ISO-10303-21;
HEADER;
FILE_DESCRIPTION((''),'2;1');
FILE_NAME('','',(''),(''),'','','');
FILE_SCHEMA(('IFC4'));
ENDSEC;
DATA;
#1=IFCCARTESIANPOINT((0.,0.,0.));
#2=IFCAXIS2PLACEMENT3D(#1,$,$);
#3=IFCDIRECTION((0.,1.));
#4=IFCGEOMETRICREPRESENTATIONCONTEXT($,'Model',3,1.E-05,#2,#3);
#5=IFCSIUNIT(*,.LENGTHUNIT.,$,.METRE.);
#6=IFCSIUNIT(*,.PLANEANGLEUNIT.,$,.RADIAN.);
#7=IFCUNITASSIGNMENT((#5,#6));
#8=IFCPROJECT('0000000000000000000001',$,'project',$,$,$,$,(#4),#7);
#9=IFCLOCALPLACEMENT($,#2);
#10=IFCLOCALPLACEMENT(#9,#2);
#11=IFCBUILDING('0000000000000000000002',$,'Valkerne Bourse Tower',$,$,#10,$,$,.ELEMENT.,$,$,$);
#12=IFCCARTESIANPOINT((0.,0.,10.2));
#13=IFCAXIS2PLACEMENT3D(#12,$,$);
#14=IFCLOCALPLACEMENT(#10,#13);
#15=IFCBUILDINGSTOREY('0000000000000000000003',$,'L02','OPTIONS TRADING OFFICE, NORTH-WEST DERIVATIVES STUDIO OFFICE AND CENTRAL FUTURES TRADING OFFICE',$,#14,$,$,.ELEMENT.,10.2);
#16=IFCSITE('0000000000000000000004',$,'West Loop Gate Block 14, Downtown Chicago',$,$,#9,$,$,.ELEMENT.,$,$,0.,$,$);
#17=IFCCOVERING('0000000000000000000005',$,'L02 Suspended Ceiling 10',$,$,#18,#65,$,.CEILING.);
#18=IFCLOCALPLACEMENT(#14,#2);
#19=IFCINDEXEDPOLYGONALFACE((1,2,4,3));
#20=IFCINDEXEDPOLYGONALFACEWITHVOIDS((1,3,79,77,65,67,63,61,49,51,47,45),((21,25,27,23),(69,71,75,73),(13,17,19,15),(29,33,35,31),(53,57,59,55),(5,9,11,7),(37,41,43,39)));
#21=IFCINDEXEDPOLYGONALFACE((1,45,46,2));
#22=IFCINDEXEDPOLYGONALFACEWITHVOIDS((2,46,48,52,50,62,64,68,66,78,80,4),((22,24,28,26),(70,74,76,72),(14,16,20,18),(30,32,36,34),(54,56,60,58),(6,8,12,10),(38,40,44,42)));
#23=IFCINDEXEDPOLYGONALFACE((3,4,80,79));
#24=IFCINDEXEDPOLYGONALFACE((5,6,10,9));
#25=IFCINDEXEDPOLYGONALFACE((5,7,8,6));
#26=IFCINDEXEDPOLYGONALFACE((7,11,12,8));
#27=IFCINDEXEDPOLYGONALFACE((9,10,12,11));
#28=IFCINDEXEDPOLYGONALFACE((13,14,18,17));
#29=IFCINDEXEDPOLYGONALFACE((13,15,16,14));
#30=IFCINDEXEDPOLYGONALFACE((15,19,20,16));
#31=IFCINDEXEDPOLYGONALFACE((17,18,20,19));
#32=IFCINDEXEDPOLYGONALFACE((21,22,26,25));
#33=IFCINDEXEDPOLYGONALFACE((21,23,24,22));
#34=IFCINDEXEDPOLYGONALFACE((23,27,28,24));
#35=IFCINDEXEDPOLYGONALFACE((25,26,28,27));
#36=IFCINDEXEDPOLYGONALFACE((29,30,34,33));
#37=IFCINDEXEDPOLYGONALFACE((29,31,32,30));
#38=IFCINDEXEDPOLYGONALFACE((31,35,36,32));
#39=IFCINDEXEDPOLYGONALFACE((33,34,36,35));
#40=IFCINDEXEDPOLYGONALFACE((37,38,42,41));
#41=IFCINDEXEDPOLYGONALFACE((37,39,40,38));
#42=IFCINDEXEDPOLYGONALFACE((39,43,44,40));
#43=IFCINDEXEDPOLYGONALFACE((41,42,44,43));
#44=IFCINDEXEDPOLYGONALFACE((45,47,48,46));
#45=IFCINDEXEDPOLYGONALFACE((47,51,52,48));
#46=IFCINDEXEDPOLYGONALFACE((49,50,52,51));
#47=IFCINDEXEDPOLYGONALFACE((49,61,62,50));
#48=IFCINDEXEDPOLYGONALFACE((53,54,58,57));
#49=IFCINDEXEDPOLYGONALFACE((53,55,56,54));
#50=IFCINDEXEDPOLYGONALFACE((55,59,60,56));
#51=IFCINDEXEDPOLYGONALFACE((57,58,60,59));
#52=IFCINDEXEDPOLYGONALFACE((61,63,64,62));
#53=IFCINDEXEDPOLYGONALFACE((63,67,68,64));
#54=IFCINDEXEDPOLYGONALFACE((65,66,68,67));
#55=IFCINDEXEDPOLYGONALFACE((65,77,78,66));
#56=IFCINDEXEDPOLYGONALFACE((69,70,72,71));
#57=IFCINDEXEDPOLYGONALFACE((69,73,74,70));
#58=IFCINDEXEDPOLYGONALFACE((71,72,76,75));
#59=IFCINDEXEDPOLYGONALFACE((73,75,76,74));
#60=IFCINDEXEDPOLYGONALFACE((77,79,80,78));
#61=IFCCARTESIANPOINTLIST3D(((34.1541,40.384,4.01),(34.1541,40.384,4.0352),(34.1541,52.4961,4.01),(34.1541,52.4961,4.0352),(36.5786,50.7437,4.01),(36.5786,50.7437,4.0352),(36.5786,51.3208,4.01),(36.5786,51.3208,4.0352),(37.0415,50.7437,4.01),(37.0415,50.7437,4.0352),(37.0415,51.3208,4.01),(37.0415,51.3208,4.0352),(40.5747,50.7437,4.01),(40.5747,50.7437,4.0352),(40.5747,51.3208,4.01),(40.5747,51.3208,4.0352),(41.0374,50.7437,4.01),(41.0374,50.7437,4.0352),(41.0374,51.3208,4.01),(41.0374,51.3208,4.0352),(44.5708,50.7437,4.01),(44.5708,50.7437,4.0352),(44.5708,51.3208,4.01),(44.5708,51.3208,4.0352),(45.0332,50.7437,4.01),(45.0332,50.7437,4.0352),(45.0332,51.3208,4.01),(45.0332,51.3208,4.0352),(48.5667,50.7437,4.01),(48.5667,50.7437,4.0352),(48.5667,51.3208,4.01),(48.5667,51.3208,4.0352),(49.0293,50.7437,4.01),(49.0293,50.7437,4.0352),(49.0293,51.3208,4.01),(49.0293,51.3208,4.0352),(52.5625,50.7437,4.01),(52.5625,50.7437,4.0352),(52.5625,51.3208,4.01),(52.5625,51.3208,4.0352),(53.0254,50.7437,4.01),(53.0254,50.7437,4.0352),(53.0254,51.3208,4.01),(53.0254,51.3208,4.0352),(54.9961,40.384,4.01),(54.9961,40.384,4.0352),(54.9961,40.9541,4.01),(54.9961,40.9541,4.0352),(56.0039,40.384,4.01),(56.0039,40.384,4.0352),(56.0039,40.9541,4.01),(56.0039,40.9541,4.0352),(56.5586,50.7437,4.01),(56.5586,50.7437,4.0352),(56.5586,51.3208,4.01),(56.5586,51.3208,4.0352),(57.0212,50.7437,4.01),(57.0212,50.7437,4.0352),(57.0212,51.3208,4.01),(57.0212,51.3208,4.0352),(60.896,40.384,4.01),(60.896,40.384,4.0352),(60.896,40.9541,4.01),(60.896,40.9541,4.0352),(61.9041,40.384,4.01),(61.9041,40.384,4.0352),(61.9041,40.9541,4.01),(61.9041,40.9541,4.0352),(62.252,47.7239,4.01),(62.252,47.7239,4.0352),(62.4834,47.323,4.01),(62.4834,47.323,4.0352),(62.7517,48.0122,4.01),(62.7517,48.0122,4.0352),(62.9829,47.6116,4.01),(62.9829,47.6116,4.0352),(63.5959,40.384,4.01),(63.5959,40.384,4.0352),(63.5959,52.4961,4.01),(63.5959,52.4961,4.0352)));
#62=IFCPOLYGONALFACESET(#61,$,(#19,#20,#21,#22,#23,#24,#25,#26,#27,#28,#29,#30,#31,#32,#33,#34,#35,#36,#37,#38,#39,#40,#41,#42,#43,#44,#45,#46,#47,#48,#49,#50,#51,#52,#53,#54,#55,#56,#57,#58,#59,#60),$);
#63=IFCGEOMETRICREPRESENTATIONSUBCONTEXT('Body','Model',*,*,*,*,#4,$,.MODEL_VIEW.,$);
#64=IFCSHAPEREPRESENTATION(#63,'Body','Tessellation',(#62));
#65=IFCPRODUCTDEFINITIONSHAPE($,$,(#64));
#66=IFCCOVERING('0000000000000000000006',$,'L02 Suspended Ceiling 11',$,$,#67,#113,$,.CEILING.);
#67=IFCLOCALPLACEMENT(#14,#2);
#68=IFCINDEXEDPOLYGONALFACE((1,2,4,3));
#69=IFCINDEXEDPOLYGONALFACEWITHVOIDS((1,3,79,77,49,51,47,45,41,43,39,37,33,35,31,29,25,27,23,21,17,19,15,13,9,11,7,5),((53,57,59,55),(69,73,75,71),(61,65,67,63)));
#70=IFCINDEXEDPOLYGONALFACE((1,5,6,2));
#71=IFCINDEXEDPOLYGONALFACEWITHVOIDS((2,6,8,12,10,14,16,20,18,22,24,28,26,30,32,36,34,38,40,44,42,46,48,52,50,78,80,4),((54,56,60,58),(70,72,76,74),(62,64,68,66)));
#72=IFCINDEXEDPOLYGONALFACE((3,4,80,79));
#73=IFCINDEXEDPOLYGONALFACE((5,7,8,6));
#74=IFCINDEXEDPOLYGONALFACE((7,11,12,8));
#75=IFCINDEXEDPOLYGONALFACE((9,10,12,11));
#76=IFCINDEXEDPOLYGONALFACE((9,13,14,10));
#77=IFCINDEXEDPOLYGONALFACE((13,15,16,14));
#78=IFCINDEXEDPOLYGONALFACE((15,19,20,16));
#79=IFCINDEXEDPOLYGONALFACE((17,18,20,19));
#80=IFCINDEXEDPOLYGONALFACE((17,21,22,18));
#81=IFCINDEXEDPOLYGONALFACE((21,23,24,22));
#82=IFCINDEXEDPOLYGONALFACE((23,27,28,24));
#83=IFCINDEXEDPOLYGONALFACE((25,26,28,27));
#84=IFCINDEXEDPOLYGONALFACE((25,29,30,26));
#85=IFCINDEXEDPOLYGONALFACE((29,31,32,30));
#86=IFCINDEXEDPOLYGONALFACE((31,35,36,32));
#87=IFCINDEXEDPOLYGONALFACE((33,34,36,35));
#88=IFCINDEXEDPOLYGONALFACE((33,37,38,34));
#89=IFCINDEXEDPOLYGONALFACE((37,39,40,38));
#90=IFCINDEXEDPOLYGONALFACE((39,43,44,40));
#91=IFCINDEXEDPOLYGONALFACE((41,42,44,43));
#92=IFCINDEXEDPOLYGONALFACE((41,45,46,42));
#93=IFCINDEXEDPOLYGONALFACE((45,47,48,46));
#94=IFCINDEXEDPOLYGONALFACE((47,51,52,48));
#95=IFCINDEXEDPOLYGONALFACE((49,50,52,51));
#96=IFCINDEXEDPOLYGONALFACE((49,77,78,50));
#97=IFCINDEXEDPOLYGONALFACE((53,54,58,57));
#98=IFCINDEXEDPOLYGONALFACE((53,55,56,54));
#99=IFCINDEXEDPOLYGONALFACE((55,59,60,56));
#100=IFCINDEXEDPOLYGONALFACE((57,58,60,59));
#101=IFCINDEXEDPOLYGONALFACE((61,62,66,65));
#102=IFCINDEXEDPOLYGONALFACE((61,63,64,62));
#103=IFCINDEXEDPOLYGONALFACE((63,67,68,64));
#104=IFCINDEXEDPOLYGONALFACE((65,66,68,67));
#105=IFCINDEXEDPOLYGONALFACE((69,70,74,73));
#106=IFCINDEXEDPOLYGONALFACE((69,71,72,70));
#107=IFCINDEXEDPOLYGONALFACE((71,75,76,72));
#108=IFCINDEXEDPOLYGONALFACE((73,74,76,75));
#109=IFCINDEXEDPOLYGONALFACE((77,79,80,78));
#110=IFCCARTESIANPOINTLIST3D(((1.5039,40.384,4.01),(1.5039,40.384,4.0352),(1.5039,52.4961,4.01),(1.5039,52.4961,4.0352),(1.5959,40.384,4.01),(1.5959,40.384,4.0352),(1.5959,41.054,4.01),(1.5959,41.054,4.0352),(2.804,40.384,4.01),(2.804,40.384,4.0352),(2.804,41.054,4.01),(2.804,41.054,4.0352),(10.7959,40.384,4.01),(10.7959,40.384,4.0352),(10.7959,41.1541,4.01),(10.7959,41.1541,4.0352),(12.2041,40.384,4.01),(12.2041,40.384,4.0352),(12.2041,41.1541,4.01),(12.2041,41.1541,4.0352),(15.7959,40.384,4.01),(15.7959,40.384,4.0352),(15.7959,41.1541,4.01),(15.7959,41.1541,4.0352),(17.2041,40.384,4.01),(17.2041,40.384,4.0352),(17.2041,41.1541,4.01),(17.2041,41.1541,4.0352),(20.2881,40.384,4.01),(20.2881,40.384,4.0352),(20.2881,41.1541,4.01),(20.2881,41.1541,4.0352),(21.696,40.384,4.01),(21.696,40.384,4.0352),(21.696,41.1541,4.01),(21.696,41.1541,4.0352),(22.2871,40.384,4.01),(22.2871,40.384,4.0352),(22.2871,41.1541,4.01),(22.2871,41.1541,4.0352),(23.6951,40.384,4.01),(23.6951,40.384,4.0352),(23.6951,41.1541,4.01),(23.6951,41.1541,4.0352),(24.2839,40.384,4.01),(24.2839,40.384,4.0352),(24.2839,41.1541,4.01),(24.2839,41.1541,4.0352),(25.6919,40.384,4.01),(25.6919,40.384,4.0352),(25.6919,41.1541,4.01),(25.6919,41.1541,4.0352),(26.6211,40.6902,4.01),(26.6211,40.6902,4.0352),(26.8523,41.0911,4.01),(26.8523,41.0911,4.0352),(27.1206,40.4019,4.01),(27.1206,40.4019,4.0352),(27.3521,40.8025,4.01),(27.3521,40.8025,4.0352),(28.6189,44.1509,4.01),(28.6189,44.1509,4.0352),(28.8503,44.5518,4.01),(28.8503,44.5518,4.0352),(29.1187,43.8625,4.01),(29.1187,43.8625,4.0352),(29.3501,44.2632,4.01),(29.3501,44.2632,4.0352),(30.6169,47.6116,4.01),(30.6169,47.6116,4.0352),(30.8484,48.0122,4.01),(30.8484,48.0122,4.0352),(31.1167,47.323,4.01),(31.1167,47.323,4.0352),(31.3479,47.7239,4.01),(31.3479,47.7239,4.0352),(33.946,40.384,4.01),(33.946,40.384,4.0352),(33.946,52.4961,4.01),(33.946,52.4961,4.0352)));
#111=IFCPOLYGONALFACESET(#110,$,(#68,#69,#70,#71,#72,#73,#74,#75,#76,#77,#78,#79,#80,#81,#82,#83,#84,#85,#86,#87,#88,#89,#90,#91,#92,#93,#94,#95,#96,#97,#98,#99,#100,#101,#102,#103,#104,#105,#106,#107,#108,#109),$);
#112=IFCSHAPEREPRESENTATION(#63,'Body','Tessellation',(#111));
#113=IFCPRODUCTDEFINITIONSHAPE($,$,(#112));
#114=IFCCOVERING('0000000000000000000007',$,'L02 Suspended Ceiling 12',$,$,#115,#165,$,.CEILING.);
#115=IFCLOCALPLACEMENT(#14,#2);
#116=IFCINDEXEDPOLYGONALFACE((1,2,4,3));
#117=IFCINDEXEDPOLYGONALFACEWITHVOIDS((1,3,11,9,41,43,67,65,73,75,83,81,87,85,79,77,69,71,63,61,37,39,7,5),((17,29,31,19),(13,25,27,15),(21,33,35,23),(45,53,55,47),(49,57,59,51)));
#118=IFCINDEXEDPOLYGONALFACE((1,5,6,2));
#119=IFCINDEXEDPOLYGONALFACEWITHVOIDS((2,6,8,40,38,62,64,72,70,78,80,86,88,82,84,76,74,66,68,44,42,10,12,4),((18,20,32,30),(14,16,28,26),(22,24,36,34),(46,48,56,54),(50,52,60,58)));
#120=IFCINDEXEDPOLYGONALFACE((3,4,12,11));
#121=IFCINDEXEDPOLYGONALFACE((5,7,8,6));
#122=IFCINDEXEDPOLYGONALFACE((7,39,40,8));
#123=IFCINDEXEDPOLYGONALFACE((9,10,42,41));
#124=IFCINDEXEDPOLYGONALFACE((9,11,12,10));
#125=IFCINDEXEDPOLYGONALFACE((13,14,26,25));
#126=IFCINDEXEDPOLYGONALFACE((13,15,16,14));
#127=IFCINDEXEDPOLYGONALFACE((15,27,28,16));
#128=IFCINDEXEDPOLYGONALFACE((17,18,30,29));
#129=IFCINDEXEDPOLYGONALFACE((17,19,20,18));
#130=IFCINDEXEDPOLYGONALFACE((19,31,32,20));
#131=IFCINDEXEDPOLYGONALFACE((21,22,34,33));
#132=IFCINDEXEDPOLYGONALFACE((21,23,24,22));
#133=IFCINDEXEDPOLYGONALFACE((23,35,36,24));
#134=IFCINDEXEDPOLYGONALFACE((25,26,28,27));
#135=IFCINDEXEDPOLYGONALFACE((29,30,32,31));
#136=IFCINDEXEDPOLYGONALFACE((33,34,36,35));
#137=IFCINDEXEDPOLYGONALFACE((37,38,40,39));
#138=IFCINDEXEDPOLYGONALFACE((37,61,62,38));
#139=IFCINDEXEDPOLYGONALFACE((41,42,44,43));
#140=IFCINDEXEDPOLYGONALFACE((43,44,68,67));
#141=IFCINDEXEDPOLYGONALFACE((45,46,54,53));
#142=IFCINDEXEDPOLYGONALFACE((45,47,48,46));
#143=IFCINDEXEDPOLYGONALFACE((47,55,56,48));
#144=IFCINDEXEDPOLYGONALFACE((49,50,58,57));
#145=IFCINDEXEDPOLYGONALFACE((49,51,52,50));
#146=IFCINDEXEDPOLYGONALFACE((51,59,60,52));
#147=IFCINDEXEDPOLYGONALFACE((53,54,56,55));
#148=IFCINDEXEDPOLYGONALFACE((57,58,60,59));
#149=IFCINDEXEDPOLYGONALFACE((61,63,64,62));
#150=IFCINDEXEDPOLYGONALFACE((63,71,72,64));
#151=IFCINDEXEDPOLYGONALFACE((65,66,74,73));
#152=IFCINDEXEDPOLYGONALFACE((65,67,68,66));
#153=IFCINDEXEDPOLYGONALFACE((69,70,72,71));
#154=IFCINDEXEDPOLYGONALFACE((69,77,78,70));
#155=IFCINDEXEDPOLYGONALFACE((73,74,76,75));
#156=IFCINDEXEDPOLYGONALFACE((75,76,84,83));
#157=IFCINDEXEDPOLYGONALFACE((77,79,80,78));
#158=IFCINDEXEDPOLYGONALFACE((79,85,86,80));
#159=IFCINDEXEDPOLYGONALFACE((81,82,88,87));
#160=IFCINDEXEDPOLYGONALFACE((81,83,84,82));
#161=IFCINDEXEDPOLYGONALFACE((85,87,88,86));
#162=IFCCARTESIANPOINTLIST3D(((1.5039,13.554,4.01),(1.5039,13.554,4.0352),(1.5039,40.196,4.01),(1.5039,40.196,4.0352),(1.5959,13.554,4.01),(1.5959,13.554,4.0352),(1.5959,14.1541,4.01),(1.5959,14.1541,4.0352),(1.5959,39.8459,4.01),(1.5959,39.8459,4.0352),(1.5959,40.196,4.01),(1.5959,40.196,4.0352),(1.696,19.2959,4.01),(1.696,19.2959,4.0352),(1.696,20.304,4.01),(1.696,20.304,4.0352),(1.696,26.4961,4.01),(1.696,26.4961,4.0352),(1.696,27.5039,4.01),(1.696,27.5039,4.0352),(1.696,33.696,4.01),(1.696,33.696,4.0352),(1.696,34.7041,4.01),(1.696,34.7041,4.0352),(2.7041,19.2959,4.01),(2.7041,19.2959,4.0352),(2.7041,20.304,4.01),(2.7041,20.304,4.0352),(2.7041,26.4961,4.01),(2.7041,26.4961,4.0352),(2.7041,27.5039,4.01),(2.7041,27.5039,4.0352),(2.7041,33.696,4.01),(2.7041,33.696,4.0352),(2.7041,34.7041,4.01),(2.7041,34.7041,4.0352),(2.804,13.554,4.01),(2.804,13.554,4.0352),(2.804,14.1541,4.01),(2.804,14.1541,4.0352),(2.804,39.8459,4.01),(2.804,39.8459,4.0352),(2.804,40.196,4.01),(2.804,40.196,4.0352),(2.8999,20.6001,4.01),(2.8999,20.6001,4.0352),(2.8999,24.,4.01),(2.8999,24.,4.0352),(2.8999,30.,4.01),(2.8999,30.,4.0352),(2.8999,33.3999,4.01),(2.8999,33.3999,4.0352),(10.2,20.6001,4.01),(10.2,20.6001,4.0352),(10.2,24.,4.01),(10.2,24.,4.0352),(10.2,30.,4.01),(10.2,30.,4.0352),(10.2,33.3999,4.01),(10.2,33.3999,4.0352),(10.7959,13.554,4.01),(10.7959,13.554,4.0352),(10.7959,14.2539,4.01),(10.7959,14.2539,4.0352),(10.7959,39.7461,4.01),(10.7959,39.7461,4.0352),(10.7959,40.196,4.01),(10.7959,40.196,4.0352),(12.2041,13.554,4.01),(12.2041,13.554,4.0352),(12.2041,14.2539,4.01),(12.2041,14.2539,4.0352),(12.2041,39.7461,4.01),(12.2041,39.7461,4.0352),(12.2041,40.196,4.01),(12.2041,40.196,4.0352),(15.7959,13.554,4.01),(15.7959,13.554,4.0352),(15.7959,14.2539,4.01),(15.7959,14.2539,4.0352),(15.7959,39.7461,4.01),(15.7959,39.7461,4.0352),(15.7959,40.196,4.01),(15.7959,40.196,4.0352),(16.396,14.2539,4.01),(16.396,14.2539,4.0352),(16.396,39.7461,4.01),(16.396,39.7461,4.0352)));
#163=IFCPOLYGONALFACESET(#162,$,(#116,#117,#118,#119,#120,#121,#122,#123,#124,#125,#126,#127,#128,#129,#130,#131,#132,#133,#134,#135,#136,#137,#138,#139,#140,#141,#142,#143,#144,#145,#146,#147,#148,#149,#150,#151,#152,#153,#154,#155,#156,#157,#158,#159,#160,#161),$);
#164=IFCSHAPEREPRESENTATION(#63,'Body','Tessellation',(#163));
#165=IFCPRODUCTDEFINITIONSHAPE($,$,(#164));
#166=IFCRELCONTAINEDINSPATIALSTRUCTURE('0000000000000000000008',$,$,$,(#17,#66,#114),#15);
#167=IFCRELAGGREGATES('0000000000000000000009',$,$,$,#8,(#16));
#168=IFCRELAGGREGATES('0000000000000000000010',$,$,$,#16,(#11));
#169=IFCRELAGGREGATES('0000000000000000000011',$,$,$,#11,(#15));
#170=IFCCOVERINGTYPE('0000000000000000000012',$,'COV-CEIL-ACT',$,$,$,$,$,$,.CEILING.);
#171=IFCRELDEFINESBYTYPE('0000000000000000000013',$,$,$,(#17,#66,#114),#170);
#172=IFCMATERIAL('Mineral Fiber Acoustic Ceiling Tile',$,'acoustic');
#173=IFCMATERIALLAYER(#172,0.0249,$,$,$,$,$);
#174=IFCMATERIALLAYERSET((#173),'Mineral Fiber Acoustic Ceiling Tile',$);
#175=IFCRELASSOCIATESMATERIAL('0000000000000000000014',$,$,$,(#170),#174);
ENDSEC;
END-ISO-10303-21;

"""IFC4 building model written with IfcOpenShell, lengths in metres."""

from ifc_helpers import new_model, si_unit, direction, frame, origin, place, context, subcontext, project, spatial, polyline, outline, extrude, material, layer, layer_set, type_object, element, save


model = new_model("IFC4")

# Units and contexts
model_context = context("Model", 3, precision=1e-05, world=origin(), true_north=direction((0.0, 1.0)))
body_context = subcontext(model_context, "Body", "Model", "MODEL_VIEW")
ifc_project = project(units=[si_unit("LENGTHUNIT", "METRE"), si_unit("PLANEANGLEUNIT", "RADIAN")], contexts=[model_context])

# Site, building, storey
site_placement = place(None, origin())
site = spatial("IfcSite", under=ifc_project, at=site_placement, Name="West Loop Gate Block 14, Downtown Chicago", CompositionType="ELEMENT", RefElevation=0.0)
building_placement = place(site_placement, origin())
building = spatial("IfcBuilding", under=site, at=building_placement, Name="Valkerne Bourse Tower", CompositionType="ELEMENT")
storey_placement = place(building_placement, frame((0.0, 0.0, 10.2)))
storey = spatial("IfcBuildingStorey", under=building, at=storey_placement, Name="L02", Description="OPTIONS TRADING OFFICE, NORTH-WEST DERIVATIVES STUDIO OFFICE AND CENTRAL FUTURES TRADING OFFICE", CompositionType="ELEMENT", Elevation=10.2)

# Coverings
ifc_material_1 = material(Name="Mineral Fiber Acoustic Ceiling Tile", Category="acoustic")
ifc_layer_1 = layer(ifc_material_1, 0.0249)
ifc_layer_set_1 = layer_set([ifc_layer_1], Name="Mineral Fiber Acoustic Ceiling Tile")
covering_type_1 = type_object("IfcCoveringType", Name="COV-CEIL-ACT", PredefinedType="CEILING", material=ifc_layer_set_1)
covering_1_placement = place(storey_placement, frame((0.0, 0.0, 4.01)))
element("IfcCovering", 1, at=covering_1_placement, inside=storey, type_object=covering_type_1, Name="L02 Suspended Ceiling 10", PredefinedType="CEILING", context=body_context, shape_type="SweptSolid", body=[
    extrude(outline(polyline([(34.1541, 52.4961), (63.5959, 52.4961), (63.5959, 40.384), (61.9041, 40.384), (61.9041, 40.9541), (60.896, 40.9541), (60.896, 40.384), (56.0039, 40.384), (56.0039, 40.9541), (54.9961, 40.9541), (54.9961, 40.384), (34.1541, 40.384), (34.1541, 52.4961)]), holes=[polyline([(57.0212, 51.3208), (56.5586, 51.3208), (56.5586, 50.7437), (57.0212, 50.7437), (57.0212, 51.3208)]), polyline([(53.0254, 51.3208), (52.5625, 51.3208), (52.5625, 50.7437), (53.0254, 50.7437), (53.0254, 51.3208)]), polyline([(48.5667, 51.3208), (48.5667, 50.7437), (49.0293, 50.7437), (49.0293, 51.3208), (48.5667, 51.3208)]), polyline([(45.0332, 51.3208), (44.5708, 51.3208), (44.5708, 50.7437), (45.0332, 50.7437), (45.0332, 51.3208)]), polyline([(41.0374, 51.3208), (40.5747, 51.3208), (40.5747, 50.7437), (41.0374, 50.7437), (41.0374, 51.3208)]), polyline([(36.5786, 51.3208), (36.5786, 50.7437), (37.0415, 50.7437), (37.0415, 51.3208), (36.5786, 51.3208)]), polyline([(62.7517, 48.0122), (62.252, 47.7239), (62.4834, 47.323), (62.9829, 47.6116), (62.7517, 48.0122)])]), origin(), (0.0, 0.0, 1.0), 0.0251),
])
covering_2_placement = place(storey_placement, frame((0.0, 0.0, 4.01)))
element("IfcCovering", 2, at=covering_2_placement, inside=storey, type_object=covering_type_1, Name="L02 Suspended Ceiling 11", PredefinedType="CEILING", context=body_context, shape_type="SweptSolid", body=[
    extrude(outline(polyline([(1.5039, 52.4961), (33.946, 52.4961), (33.946, 40.384), (25.6919, 40.384), (25.6919, 41.1541), (24.2839, 41.1541), (24.2839, 40.384), (23.6951, 40.384), (23.6951, 41.1541), (22.2871, 41.1541), (22.2871, 40.384), (21.696, 40.384), (21.696, 41.1541), (20.2881, 41.1541), (20.2881, 40.384), (17.2041, 40.384), (17.2041, 41.1541), (15.7959, 41.1541), (15.7959, 40.384), (12.2041, 40.384), (12.2041, 41.1541), (10.7959, 41.1541), (10.7959, 40.384), (2.804, 40.384), (2.804, 41.054), (1.5959, 41.054), (1.5959, 40.384), (1.5039, 40.384), (1.5039, 52.4961)]), holes=[polyline([(26.6211, 40.6902), (27.1206, 40.4019), (27.3521, 40.8025), (26.8523, 41.0911), (26.6211, 40.6902)]), polyline([(28.8503, 44.5518), (28.6189, 44.1509), (29.1187, 43.8625), (29.3501, 44.2632), (28.8503, 44.5518)]), polyline([(30.6169, 47.6116), (31.1167, 47.323), (31.3479, 47.7239), (30.8484, 48.0122), (30.6169, 47.6116)])]), origin(), (0.0, 0.0, 1.0), 0.0251),
])
covering_3_placement = place(storey_placement, frame((0.0, 0.0, 4.01)))
element("IfcCovering", 3, at=covering_3_placement, inside=storey, type_object=covering_type_1, Name="L02 Suspended Ceiling 12", PredefinedType="CEILING", context=body_context, shape_type="SweptSolid", body=[
    extrude(outline(polyline([(1.5039, 40.196), (1.5959, 40.196), (1.5959, 39.8459), (2.804, 39.8459), (2.804, 40.196), (10.7959, 40.196), (10.7959, 39.7461), (12.2041, 39.7461), (12.2041, 40.196), (15.7959, 40.196), (15.7959, 39.7461), (16.396, 39.7461), (16.396, 14.2539), (15.7959, 14.2539), (15.7959, 13.554), (12.2041, 13.554), (12.2041, 14.2539), (10.7959, 14.2539), (10.7959, 13.554), (2.804, 13.554), (2.804, 14.1541), (1.5959, 14.1541), (1.5959, 13.554), (1.5039, 13.554), (1.5039, 40.196)]), holes=[polyline([(1.696, 20.304), (1.696, 19.2959), (2.7041, 19.2959), (2.7041, 20.304), (1.696, 20.304)]), polyline([(2.8999, 24.0), (2.8999, 20.6001), (10.2, 20.6001), (10.2, 24.0), (2.8999, 24.0)]), polyline([(2.7041, 27.5039), (1.696, 27.5039), (1.696, 26.4961), (2.7041, 26.4961), (2.7041, 27.5039)]), polyline([(2.8999, 30.0), (10.2, 30.0), (10.2, 33.3999), (2.8999, 33.3999), (2.8999, 30.0)]), polyline([(2.7041, 34.7041), (1.696, 34.7041), (1.696, 33.696), (2.7041, 33.696), (2.7041, 34.7041)])]), origin(), (0.0, 0.0, 1.0), 0.0251),
])

save(model, "model.ifc")
